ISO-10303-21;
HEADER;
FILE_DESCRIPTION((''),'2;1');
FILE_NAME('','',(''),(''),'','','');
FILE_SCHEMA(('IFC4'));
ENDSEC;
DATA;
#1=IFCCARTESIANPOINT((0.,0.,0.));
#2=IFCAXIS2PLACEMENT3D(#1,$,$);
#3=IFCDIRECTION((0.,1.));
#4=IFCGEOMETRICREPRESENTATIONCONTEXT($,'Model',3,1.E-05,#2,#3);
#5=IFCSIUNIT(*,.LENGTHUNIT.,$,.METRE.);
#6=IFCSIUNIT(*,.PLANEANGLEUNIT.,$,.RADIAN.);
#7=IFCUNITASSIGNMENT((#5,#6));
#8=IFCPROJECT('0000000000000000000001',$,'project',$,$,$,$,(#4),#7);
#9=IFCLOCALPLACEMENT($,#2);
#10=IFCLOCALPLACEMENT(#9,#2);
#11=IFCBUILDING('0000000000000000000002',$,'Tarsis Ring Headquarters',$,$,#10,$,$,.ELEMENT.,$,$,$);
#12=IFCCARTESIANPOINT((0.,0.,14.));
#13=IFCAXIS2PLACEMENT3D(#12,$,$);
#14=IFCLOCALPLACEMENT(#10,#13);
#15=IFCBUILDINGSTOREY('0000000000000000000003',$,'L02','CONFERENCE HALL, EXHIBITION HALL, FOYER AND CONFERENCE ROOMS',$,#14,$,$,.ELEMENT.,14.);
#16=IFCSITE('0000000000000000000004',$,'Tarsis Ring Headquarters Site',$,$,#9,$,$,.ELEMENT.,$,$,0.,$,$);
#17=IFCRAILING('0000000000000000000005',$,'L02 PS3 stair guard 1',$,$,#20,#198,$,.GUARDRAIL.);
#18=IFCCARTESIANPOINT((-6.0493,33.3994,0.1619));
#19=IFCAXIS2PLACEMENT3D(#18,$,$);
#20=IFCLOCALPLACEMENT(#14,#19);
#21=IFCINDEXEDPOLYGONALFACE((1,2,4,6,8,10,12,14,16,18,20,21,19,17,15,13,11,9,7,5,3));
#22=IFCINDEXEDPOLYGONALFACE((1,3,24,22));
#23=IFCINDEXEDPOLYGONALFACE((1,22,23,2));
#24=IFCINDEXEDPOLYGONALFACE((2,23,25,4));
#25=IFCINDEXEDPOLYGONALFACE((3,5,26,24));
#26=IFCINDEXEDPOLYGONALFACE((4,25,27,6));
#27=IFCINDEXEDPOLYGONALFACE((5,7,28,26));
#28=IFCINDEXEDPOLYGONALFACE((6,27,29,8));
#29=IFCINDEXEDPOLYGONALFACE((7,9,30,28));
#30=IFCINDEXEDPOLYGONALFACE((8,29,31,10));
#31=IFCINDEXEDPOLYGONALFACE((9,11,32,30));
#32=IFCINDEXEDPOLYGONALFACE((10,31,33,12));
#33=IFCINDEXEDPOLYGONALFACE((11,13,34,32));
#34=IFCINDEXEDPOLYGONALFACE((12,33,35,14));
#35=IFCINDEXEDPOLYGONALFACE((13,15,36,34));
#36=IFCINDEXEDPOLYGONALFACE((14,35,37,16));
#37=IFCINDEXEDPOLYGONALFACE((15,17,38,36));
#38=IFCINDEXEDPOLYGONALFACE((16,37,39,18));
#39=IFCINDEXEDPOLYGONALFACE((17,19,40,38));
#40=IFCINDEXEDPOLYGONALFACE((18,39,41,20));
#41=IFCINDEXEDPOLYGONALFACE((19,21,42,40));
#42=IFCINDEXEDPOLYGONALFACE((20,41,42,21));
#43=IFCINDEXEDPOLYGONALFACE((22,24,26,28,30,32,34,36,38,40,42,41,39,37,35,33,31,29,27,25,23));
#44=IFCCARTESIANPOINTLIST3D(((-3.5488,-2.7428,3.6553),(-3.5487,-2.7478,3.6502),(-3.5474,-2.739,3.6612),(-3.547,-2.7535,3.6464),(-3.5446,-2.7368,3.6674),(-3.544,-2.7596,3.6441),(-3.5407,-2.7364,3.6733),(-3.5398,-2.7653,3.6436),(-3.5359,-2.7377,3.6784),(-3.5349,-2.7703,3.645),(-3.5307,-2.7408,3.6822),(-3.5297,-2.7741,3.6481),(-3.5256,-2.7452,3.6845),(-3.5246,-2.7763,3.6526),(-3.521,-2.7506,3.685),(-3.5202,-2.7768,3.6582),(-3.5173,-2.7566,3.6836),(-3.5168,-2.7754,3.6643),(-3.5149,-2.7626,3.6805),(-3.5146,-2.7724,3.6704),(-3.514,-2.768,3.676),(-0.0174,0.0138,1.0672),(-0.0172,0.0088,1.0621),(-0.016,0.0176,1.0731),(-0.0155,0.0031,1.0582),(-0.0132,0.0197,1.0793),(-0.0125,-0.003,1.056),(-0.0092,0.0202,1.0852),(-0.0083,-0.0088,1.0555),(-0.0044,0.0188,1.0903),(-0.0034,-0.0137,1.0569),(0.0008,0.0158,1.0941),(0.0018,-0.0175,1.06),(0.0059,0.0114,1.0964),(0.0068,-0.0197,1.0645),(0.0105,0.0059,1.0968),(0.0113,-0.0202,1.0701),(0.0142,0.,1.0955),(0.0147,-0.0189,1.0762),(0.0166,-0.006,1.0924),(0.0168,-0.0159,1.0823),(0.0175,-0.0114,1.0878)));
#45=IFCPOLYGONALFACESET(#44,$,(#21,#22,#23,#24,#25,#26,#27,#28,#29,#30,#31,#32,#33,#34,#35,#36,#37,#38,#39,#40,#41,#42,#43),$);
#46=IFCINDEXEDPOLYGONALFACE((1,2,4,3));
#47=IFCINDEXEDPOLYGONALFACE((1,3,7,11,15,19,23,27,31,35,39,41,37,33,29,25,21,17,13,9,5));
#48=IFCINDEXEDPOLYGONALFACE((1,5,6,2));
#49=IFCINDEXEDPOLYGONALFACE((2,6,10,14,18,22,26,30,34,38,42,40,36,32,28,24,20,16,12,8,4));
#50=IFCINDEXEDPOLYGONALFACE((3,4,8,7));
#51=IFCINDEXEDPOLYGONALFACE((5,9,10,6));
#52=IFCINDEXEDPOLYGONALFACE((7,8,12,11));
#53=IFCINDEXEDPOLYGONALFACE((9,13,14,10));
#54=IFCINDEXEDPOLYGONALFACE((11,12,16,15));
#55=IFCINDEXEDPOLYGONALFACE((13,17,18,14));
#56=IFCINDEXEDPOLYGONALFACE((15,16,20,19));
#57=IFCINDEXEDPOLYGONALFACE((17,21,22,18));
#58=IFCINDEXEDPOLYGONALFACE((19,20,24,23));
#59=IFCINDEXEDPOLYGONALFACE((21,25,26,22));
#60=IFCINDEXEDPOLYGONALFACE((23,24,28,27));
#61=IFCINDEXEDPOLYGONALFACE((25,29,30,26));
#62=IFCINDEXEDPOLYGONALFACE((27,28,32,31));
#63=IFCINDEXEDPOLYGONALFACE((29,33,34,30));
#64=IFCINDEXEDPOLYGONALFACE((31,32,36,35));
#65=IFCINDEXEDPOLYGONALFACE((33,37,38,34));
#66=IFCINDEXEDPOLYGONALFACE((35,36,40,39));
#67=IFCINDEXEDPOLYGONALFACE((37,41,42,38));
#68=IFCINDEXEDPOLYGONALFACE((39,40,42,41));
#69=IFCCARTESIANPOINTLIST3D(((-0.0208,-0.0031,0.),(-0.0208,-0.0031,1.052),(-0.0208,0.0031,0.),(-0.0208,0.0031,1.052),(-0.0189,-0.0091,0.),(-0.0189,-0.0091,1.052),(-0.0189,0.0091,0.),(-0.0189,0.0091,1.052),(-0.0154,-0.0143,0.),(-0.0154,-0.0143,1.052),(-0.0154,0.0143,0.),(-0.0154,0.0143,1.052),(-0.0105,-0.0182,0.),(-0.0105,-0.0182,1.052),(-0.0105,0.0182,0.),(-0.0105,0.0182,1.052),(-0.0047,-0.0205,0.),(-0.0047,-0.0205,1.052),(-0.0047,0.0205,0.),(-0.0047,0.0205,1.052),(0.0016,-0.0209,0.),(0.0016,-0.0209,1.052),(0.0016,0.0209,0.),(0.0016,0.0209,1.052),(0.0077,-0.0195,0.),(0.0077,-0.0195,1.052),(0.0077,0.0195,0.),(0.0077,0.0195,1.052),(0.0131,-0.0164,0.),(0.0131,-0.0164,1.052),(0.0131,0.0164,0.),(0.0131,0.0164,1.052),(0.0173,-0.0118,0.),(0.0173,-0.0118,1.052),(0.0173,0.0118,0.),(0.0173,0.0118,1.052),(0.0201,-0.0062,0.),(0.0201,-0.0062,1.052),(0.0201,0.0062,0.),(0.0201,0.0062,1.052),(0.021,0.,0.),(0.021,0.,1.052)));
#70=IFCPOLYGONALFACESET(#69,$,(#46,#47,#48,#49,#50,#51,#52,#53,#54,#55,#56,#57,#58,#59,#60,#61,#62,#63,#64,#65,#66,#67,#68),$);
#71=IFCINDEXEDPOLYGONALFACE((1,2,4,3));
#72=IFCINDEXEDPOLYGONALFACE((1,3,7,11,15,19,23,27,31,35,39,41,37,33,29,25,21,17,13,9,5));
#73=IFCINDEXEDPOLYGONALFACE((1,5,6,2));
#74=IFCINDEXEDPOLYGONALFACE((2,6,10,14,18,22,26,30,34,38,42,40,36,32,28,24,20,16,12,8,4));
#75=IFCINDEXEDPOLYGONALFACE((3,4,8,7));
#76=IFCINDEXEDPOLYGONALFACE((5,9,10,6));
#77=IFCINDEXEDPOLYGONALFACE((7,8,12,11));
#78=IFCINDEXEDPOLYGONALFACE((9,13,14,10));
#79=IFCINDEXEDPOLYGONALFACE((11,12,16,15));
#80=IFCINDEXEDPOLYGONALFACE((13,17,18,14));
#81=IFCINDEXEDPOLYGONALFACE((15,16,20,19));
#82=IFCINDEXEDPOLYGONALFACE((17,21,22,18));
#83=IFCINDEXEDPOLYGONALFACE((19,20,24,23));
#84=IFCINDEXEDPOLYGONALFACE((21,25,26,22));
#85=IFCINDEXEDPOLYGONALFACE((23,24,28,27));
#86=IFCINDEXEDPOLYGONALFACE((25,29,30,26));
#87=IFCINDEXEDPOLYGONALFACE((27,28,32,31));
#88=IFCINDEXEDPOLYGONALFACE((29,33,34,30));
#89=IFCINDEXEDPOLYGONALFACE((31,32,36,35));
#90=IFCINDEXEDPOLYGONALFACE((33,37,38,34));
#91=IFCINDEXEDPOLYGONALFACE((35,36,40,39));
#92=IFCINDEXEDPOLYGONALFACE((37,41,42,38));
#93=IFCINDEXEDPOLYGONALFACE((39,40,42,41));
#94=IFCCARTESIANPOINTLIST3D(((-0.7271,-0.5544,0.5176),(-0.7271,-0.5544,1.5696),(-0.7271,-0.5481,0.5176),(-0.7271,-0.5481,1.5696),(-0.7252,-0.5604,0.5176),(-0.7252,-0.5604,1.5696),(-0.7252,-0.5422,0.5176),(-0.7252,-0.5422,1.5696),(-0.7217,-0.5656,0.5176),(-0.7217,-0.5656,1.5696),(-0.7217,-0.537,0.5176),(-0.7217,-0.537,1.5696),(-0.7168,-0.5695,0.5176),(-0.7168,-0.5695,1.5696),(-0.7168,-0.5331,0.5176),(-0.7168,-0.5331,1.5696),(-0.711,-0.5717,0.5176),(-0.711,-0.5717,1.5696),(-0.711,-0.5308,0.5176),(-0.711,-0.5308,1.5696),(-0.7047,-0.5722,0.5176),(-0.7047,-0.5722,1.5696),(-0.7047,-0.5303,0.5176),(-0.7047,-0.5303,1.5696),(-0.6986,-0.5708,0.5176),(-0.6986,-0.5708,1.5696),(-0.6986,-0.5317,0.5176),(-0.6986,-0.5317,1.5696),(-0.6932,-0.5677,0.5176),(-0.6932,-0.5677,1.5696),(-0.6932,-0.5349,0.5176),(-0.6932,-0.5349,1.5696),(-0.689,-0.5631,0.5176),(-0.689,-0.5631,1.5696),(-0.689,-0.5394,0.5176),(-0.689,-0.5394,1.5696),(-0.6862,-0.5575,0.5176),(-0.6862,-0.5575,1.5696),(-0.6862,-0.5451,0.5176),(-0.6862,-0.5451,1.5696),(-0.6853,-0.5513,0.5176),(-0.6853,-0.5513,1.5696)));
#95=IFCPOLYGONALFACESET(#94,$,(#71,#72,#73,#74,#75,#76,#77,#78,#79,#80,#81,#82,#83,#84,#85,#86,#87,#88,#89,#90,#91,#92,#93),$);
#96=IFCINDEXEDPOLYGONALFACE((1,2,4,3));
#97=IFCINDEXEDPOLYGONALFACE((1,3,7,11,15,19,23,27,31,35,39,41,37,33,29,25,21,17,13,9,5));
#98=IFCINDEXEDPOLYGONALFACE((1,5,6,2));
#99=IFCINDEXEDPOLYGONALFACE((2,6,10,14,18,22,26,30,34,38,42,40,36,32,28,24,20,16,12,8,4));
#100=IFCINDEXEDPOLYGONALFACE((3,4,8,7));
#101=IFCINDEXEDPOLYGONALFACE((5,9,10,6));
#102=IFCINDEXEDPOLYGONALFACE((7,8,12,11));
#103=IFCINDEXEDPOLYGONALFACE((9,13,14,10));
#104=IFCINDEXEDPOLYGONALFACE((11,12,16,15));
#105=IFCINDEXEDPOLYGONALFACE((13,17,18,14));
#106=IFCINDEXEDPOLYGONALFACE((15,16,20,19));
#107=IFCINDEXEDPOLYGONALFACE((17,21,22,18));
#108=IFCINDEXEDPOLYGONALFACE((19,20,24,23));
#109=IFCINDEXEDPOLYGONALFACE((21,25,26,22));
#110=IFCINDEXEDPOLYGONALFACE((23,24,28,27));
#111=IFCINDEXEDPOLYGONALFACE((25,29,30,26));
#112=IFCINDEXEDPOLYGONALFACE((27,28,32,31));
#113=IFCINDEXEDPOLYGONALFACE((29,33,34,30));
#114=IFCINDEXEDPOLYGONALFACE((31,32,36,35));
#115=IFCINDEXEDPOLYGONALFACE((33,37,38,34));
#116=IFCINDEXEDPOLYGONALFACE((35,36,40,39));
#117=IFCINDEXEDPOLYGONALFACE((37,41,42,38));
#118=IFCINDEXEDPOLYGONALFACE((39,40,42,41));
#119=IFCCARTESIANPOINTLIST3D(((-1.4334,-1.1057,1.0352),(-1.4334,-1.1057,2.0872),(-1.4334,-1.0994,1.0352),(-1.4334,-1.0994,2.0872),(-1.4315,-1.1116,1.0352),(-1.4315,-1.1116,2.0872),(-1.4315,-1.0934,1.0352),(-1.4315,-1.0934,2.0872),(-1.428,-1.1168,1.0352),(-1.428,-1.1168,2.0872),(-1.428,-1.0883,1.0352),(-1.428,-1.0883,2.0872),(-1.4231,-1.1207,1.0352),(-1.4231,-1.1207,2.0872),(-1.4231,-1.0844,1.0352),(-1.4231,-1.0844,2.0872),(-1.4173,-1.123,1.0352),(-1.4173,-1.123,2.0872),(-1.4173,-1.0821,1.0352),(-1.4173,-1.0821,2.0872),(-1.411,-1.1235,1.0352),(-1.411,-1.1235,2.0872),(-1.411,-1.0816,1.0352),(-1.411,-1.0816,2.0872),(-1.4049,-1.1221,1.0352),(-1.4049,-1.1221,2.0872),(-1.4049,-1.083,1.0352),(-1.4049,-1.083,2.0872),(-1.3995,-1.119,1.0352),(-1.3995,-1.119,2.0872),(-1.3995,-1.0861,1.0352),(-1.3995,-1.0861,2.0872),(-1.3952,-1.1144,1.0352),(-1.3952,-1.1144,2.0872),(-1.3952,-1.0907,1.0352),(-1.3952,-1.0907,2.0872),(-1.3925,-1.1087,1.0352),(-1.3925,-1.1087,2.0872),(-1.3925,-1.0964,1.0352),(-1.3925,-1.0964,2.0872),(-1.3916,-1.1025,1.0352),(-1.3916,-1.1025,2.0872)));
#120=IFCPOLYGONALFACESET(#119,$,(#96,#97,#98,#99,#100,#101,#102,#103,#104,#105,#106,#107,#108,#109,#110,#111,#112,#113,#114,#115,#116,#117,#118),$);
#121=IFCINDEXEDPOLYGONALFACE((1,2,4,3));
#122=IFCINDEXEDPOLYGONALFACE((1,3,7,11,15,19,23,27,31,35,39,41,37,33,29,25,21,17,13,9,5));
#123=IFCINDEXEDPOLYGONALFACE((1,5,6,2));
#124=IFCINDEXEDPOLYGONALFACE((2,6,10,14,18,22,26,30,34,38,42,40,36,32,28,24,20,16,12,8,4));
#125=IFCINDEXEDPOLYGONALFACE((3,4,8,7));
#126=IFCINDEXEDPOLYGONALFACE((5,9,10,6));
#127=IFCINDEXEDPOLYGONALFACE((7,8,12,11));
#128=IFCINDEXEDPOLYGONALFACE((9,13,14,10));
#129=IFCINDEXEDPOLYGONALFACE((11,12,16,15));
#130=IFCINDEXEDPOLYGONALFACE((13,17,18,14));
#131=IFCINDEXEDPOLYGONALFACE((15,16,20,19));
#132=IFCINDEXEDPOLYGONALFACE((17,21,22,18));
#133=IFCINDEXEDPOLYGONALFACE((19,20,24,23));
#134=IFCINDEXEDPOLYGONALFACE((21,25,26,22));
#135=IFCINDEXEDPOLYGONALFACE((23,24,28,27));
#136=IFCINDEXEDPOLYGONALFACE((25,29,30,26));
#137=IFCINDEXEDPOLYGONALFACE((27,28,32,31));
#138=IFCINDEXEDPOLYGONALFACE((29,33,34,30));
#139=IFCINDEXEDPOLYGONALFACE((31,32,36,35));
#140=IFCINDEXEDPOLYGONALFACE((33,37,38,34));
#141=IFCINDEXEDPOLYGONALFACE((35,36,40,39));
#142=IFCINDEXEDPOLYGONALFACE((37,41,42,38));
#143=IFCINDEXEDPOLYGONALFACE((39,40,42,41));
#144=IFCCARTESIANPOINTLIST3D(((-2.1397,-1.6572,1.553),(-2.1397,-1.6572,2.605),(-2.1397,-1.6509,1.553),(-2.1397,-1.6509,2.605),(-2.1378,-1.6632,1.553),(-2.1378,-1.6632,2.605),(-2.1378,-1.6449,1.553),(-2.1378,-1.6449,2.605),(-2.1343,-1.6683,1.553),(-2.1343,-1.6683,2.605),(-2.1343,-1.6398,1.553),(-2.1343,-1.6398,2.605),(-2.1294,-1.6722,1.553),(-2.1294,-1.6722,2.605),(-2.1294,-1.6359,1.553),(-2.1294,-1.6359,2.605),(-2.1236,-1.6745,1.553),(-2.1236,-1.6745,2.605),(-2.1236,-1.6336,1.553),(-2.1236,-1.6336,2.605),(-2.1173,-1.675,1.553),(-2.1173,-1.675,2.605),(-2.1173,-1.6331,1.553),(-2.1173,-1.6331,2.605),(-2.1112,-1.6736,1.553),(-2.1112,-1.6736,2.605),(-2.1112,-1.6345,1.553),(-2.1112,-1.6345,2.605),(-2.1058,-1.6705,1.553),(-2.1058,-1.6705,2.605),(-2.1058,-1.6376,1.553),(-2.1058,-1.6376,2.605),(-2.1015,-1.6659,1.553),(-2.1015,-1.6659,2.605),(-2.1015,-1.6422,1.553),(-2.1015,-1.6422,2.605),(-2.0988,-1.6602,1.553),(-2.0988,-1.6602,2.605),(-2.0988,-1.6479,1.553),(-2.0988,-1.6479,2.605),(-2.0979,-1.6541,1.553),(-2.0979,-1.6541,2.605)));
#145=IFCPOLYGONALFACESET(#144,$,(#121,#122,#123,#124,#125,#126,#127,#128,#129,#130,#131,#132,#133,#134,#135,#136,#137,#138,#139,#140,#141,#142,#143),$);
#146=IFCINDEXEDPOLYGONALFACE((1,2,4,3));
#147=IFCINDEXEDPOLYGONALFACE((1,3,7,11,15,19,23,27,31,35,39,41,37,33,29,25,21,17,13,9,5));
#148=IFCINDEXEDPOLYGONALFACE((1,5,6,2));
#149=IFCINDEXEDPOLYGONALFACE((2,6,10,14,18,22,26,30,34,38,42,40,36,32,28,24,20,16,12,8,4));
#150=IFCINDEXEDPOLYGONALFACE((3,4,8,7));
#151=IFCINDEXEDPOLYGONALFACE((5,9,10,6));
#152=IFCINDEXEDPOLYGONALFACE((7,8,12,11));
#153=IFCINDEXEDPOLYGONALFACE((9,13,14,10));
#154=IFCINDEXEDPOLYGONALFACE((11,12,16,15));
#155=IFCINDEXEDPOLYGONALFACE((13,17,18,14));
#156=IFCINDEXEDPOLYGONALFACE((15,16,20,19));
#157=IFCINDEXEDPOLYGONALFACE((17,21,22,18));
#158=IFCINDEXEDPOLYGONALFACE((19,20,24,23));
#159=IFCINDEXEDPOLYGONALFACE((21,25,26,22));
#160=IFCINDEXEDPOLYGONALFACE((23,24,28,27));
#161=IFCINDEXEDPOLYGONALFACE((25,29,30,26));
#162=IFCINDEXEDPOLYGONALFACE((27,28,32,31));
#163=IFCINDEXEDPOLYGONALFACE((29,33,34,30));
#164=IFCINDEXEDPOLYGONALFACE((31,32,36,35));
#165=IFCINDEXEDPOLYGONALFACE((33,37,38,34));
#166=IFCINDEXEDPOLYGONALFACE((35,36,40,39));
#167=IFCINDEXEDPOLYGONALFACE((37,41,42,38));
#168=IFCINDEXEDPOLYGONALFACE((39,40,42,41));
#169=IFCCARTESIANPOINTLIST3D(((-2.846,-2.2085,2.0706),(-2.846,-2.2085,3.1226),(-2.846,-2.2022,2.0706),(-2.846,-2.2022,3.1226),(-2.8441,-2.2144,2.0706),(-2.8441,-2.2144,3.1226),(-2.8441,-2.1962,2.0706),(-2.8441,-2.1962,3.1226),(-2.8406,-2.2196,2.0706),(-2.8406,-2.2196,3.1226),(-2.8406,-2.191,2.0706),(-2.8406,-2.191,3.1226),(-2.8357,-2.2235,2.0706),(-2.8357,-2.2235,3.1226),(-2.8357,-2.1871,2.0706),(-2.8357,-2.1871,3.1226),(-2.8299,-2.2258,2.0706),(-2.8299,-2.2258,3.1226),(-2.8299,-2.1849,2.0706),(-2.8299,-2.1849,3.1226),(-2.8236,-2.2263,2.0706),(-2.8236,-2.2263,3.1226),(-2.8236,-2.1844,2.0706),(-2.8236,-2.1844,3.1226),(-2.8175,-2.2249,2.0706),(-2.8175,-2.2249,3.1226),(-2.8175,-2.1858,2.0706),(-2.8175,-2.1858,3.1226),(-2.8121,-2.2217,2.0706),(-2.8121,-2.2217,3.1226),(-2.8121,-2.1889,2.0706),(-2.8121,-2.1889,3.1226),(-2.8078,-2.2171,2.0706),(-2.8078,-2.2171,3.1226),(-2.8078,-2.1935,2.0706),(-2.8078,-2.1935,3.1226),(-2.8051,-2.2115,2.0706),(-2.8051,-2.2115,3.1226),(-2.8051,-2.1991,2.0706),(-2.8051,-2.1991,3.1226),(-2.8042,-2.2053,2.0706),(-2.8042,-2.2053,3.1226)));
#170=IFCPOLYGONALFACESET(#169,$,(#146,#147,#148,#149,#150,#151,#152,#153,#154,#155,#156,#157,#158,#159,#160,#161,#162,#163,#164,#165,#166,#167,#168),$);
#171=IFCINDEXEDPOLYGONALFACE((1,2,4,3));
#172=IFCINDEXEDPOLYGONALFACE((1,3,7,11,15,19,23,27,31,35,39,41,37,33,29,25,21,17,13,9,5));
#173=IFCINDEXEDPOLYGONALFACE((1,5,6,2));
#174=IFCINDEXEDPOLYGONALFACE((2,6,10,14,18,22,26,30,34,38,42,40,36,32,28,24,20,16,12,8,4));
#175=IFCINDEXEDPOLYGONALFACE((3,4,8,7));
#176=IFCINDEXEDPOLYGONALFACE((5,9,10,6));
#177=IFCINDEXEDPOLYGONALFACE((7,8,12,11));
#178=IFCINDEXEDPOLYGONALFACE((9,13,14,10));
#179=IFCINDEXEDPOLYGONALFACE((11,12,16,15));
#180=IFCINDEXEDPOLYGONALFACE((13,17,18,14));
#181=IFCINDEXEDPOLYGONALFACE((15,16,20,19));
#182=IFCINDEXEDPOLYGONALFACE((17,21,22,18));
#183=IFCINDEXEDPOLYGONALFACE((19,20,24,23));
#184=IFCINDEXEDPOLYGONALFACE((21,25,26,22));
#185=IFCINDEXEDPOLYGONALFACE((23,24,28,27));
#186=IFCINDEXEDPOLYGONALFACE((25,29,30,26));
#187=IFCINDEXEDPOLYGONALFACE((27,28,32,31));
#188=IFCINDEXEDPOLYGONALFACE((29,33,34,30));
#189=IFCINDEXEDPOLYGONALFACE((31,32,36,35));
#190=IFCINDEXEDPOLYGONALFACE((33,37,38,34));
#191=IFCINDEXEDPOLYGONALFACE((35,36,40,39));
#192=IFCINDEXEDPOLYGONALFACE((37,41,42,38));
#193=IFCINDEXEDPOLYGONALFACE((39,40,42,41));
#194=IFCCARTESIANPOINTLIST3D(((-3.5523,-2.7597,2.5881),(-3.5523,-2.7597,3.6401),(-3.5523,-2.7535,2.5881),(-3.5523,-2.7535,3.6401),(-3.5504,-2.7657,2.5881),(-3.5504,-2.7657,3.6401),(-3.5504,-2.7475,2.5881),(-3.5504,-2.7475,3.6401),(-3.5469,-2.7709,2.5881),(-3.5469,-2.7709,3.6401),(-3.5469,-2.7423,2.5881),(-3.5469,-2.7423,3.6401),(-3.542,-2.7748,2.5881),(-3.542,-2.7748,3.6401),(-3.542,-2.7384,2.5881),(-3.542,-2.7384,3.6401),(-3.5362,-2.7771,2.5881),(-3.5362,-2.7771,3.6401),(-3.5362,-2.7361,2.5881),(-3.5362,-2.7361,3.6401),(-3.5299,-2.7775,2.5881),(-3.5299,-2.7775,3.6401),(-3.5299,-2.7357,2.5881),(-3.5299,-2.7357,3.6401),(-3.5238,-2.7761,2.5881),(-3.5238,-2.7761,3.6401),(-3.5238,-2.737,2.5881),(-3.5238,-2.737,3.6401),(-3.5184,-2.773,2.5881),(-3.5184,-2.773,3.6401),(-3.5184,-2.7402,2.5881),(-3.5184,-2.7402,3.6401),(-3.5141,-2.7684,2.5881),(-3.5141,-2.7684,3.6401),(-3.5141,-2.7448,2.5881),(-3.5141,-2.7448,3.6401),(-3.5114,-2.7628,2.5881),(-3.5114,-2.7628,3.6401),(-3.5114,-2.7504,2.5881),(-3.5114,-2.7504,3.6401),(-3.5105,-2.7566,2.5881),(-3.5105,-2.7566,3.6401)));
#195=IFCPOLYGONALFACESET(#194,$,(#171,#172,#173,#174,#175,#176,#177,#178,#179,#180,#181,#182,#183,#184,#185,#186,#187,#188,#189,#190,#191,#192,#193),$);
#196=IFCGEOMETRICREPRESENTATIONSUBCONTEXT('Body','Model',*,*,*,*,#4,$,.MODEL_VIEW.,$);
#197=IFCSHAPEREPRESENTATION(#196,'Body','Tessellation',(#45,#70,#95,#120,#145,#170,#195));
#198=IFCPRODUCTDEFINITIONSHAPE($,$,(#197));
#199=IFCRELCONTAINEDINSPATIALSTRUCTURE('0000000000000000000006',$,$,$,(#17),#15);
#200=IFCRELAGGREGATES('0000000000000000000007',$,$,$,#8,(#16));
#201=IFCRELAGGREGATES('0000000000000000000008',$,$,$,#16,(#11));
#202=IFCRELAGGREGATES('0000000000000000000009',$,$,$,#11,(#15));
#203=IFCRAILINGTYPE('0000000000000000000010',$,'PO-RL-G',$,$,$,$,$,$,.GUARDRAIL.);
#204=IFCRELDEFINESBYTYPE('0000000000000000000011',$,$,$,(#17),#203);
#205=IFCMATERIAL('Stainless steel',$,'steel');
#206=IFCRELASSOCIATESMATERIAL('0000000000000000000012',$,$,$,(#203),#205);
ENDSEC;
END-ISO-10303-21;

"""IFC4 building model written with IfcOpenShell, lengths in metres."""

from ifc_helpers import new_model, si_unit, direction, frame, origin, origin_2d, place, context, subcontext, project, spatial, circle, extrude, material, type_object, element, save


model = new_model("IFC4")

# Units and contexts
model_context = context("Model", 3, precision=1e-05, world=origin(), true_north=direction((0.0, 1.0)))
body_context = subcontext(model_context, "Body", "Model", "MODEL_VIEW")
ifc_project = project(units=[si_unit("LENGTHUNIT", "METRE"), si_unit("PLANEANGLEUNIT", "RADIAN")], contexts=[model_context])

# Site, building, storey
site_placement = place(None, origin())
site = spatial("IfcSite", under=ifc_project, at=site_placement, Name="Tarsis Ring Headquarters Site", CompositionType="ELEMENT", RefElevation=0.0)
building_placement = place(site_placement, origin())
building = spatial("IfcBuilding", under=site, at=building_placement, Name="Tarsis Ring Headquarters", CompositionType="ELEMENT")
storey_placement = place(building_placement, frame((0.0, 0.0, 14.0)))
storey = spatial("IfcBuildingStorey", under=building, at=storey_placement, Name="L02", Description="CONFERENCE HALL, EXHIBITION HALL, FOYER AND CONFERENCE ROOMS", CompositionType="ELEMENT", Elevation=14.0)

# Railing
ifc_material_1 = material(Name="Stainless steel", Category="steel")
railing_type_1 = type_object("IfcRailingType", Name="PO-RL-G", PredefinedType="GUARDRAIL", material=ifc_material_1)
railing_1_placement = place(storey_placement, frame((-6.0493, 33.3994, 0.1619)))
element("IfcRailing", 1, at=railing_1_placement, inside=storey, type_object=railing_type_1, Name="L02 PS3 stair guard 1", PredefinedType="GUARDRAIL", context=body_context, shape_type="SweptSolid", body=[
    extrude(circle(Radius=0.0239, at=origin_2d()), frame((0.0, 0.0, 1.0762), z_axis=(-0.682566, -0.532793, 0.500234), x_axis=(0.615313, -0.788283, 0.0)), (0.0, 0.0, 1.0), 5.1738),
    extrude(circle(Radius=0.021, at=origin_2d()), origin(), (0.0, 0.0, 1.0), 1.052),
    extrude(circle(Radius=0.021, at=origin_2d()), frame((-0.7063, -0.5513, 0.5176)), (0.0, 0.0, 1.0), 1.052),
    extrude(circle(Radius=0.021, at=origin_2d()), frame((-1.4126, -1.1025, 1.0352)), (0.0, 0.0, 1.0), 1.052),
    extrude(circle(Radius=0.021, at=origin_2d()), frame((-2.1189, -1.6541, 1.553)), (0.0, 0.0, 1.0), 1.052),
    extrude(circle(Radius=0.021, at=origin_2d()), frame((-2.8252, -2.2053, 2.0706)), (0.0, 0.0, 1.0), 1.052),
    extrude(circle(Radius=0.021, at=origin_2d()), frame((-3.5315, -2.7566, 2.5881)), (0.0, 0.0, 1.0), 1.052),
])

save(model, "model.ifc")
